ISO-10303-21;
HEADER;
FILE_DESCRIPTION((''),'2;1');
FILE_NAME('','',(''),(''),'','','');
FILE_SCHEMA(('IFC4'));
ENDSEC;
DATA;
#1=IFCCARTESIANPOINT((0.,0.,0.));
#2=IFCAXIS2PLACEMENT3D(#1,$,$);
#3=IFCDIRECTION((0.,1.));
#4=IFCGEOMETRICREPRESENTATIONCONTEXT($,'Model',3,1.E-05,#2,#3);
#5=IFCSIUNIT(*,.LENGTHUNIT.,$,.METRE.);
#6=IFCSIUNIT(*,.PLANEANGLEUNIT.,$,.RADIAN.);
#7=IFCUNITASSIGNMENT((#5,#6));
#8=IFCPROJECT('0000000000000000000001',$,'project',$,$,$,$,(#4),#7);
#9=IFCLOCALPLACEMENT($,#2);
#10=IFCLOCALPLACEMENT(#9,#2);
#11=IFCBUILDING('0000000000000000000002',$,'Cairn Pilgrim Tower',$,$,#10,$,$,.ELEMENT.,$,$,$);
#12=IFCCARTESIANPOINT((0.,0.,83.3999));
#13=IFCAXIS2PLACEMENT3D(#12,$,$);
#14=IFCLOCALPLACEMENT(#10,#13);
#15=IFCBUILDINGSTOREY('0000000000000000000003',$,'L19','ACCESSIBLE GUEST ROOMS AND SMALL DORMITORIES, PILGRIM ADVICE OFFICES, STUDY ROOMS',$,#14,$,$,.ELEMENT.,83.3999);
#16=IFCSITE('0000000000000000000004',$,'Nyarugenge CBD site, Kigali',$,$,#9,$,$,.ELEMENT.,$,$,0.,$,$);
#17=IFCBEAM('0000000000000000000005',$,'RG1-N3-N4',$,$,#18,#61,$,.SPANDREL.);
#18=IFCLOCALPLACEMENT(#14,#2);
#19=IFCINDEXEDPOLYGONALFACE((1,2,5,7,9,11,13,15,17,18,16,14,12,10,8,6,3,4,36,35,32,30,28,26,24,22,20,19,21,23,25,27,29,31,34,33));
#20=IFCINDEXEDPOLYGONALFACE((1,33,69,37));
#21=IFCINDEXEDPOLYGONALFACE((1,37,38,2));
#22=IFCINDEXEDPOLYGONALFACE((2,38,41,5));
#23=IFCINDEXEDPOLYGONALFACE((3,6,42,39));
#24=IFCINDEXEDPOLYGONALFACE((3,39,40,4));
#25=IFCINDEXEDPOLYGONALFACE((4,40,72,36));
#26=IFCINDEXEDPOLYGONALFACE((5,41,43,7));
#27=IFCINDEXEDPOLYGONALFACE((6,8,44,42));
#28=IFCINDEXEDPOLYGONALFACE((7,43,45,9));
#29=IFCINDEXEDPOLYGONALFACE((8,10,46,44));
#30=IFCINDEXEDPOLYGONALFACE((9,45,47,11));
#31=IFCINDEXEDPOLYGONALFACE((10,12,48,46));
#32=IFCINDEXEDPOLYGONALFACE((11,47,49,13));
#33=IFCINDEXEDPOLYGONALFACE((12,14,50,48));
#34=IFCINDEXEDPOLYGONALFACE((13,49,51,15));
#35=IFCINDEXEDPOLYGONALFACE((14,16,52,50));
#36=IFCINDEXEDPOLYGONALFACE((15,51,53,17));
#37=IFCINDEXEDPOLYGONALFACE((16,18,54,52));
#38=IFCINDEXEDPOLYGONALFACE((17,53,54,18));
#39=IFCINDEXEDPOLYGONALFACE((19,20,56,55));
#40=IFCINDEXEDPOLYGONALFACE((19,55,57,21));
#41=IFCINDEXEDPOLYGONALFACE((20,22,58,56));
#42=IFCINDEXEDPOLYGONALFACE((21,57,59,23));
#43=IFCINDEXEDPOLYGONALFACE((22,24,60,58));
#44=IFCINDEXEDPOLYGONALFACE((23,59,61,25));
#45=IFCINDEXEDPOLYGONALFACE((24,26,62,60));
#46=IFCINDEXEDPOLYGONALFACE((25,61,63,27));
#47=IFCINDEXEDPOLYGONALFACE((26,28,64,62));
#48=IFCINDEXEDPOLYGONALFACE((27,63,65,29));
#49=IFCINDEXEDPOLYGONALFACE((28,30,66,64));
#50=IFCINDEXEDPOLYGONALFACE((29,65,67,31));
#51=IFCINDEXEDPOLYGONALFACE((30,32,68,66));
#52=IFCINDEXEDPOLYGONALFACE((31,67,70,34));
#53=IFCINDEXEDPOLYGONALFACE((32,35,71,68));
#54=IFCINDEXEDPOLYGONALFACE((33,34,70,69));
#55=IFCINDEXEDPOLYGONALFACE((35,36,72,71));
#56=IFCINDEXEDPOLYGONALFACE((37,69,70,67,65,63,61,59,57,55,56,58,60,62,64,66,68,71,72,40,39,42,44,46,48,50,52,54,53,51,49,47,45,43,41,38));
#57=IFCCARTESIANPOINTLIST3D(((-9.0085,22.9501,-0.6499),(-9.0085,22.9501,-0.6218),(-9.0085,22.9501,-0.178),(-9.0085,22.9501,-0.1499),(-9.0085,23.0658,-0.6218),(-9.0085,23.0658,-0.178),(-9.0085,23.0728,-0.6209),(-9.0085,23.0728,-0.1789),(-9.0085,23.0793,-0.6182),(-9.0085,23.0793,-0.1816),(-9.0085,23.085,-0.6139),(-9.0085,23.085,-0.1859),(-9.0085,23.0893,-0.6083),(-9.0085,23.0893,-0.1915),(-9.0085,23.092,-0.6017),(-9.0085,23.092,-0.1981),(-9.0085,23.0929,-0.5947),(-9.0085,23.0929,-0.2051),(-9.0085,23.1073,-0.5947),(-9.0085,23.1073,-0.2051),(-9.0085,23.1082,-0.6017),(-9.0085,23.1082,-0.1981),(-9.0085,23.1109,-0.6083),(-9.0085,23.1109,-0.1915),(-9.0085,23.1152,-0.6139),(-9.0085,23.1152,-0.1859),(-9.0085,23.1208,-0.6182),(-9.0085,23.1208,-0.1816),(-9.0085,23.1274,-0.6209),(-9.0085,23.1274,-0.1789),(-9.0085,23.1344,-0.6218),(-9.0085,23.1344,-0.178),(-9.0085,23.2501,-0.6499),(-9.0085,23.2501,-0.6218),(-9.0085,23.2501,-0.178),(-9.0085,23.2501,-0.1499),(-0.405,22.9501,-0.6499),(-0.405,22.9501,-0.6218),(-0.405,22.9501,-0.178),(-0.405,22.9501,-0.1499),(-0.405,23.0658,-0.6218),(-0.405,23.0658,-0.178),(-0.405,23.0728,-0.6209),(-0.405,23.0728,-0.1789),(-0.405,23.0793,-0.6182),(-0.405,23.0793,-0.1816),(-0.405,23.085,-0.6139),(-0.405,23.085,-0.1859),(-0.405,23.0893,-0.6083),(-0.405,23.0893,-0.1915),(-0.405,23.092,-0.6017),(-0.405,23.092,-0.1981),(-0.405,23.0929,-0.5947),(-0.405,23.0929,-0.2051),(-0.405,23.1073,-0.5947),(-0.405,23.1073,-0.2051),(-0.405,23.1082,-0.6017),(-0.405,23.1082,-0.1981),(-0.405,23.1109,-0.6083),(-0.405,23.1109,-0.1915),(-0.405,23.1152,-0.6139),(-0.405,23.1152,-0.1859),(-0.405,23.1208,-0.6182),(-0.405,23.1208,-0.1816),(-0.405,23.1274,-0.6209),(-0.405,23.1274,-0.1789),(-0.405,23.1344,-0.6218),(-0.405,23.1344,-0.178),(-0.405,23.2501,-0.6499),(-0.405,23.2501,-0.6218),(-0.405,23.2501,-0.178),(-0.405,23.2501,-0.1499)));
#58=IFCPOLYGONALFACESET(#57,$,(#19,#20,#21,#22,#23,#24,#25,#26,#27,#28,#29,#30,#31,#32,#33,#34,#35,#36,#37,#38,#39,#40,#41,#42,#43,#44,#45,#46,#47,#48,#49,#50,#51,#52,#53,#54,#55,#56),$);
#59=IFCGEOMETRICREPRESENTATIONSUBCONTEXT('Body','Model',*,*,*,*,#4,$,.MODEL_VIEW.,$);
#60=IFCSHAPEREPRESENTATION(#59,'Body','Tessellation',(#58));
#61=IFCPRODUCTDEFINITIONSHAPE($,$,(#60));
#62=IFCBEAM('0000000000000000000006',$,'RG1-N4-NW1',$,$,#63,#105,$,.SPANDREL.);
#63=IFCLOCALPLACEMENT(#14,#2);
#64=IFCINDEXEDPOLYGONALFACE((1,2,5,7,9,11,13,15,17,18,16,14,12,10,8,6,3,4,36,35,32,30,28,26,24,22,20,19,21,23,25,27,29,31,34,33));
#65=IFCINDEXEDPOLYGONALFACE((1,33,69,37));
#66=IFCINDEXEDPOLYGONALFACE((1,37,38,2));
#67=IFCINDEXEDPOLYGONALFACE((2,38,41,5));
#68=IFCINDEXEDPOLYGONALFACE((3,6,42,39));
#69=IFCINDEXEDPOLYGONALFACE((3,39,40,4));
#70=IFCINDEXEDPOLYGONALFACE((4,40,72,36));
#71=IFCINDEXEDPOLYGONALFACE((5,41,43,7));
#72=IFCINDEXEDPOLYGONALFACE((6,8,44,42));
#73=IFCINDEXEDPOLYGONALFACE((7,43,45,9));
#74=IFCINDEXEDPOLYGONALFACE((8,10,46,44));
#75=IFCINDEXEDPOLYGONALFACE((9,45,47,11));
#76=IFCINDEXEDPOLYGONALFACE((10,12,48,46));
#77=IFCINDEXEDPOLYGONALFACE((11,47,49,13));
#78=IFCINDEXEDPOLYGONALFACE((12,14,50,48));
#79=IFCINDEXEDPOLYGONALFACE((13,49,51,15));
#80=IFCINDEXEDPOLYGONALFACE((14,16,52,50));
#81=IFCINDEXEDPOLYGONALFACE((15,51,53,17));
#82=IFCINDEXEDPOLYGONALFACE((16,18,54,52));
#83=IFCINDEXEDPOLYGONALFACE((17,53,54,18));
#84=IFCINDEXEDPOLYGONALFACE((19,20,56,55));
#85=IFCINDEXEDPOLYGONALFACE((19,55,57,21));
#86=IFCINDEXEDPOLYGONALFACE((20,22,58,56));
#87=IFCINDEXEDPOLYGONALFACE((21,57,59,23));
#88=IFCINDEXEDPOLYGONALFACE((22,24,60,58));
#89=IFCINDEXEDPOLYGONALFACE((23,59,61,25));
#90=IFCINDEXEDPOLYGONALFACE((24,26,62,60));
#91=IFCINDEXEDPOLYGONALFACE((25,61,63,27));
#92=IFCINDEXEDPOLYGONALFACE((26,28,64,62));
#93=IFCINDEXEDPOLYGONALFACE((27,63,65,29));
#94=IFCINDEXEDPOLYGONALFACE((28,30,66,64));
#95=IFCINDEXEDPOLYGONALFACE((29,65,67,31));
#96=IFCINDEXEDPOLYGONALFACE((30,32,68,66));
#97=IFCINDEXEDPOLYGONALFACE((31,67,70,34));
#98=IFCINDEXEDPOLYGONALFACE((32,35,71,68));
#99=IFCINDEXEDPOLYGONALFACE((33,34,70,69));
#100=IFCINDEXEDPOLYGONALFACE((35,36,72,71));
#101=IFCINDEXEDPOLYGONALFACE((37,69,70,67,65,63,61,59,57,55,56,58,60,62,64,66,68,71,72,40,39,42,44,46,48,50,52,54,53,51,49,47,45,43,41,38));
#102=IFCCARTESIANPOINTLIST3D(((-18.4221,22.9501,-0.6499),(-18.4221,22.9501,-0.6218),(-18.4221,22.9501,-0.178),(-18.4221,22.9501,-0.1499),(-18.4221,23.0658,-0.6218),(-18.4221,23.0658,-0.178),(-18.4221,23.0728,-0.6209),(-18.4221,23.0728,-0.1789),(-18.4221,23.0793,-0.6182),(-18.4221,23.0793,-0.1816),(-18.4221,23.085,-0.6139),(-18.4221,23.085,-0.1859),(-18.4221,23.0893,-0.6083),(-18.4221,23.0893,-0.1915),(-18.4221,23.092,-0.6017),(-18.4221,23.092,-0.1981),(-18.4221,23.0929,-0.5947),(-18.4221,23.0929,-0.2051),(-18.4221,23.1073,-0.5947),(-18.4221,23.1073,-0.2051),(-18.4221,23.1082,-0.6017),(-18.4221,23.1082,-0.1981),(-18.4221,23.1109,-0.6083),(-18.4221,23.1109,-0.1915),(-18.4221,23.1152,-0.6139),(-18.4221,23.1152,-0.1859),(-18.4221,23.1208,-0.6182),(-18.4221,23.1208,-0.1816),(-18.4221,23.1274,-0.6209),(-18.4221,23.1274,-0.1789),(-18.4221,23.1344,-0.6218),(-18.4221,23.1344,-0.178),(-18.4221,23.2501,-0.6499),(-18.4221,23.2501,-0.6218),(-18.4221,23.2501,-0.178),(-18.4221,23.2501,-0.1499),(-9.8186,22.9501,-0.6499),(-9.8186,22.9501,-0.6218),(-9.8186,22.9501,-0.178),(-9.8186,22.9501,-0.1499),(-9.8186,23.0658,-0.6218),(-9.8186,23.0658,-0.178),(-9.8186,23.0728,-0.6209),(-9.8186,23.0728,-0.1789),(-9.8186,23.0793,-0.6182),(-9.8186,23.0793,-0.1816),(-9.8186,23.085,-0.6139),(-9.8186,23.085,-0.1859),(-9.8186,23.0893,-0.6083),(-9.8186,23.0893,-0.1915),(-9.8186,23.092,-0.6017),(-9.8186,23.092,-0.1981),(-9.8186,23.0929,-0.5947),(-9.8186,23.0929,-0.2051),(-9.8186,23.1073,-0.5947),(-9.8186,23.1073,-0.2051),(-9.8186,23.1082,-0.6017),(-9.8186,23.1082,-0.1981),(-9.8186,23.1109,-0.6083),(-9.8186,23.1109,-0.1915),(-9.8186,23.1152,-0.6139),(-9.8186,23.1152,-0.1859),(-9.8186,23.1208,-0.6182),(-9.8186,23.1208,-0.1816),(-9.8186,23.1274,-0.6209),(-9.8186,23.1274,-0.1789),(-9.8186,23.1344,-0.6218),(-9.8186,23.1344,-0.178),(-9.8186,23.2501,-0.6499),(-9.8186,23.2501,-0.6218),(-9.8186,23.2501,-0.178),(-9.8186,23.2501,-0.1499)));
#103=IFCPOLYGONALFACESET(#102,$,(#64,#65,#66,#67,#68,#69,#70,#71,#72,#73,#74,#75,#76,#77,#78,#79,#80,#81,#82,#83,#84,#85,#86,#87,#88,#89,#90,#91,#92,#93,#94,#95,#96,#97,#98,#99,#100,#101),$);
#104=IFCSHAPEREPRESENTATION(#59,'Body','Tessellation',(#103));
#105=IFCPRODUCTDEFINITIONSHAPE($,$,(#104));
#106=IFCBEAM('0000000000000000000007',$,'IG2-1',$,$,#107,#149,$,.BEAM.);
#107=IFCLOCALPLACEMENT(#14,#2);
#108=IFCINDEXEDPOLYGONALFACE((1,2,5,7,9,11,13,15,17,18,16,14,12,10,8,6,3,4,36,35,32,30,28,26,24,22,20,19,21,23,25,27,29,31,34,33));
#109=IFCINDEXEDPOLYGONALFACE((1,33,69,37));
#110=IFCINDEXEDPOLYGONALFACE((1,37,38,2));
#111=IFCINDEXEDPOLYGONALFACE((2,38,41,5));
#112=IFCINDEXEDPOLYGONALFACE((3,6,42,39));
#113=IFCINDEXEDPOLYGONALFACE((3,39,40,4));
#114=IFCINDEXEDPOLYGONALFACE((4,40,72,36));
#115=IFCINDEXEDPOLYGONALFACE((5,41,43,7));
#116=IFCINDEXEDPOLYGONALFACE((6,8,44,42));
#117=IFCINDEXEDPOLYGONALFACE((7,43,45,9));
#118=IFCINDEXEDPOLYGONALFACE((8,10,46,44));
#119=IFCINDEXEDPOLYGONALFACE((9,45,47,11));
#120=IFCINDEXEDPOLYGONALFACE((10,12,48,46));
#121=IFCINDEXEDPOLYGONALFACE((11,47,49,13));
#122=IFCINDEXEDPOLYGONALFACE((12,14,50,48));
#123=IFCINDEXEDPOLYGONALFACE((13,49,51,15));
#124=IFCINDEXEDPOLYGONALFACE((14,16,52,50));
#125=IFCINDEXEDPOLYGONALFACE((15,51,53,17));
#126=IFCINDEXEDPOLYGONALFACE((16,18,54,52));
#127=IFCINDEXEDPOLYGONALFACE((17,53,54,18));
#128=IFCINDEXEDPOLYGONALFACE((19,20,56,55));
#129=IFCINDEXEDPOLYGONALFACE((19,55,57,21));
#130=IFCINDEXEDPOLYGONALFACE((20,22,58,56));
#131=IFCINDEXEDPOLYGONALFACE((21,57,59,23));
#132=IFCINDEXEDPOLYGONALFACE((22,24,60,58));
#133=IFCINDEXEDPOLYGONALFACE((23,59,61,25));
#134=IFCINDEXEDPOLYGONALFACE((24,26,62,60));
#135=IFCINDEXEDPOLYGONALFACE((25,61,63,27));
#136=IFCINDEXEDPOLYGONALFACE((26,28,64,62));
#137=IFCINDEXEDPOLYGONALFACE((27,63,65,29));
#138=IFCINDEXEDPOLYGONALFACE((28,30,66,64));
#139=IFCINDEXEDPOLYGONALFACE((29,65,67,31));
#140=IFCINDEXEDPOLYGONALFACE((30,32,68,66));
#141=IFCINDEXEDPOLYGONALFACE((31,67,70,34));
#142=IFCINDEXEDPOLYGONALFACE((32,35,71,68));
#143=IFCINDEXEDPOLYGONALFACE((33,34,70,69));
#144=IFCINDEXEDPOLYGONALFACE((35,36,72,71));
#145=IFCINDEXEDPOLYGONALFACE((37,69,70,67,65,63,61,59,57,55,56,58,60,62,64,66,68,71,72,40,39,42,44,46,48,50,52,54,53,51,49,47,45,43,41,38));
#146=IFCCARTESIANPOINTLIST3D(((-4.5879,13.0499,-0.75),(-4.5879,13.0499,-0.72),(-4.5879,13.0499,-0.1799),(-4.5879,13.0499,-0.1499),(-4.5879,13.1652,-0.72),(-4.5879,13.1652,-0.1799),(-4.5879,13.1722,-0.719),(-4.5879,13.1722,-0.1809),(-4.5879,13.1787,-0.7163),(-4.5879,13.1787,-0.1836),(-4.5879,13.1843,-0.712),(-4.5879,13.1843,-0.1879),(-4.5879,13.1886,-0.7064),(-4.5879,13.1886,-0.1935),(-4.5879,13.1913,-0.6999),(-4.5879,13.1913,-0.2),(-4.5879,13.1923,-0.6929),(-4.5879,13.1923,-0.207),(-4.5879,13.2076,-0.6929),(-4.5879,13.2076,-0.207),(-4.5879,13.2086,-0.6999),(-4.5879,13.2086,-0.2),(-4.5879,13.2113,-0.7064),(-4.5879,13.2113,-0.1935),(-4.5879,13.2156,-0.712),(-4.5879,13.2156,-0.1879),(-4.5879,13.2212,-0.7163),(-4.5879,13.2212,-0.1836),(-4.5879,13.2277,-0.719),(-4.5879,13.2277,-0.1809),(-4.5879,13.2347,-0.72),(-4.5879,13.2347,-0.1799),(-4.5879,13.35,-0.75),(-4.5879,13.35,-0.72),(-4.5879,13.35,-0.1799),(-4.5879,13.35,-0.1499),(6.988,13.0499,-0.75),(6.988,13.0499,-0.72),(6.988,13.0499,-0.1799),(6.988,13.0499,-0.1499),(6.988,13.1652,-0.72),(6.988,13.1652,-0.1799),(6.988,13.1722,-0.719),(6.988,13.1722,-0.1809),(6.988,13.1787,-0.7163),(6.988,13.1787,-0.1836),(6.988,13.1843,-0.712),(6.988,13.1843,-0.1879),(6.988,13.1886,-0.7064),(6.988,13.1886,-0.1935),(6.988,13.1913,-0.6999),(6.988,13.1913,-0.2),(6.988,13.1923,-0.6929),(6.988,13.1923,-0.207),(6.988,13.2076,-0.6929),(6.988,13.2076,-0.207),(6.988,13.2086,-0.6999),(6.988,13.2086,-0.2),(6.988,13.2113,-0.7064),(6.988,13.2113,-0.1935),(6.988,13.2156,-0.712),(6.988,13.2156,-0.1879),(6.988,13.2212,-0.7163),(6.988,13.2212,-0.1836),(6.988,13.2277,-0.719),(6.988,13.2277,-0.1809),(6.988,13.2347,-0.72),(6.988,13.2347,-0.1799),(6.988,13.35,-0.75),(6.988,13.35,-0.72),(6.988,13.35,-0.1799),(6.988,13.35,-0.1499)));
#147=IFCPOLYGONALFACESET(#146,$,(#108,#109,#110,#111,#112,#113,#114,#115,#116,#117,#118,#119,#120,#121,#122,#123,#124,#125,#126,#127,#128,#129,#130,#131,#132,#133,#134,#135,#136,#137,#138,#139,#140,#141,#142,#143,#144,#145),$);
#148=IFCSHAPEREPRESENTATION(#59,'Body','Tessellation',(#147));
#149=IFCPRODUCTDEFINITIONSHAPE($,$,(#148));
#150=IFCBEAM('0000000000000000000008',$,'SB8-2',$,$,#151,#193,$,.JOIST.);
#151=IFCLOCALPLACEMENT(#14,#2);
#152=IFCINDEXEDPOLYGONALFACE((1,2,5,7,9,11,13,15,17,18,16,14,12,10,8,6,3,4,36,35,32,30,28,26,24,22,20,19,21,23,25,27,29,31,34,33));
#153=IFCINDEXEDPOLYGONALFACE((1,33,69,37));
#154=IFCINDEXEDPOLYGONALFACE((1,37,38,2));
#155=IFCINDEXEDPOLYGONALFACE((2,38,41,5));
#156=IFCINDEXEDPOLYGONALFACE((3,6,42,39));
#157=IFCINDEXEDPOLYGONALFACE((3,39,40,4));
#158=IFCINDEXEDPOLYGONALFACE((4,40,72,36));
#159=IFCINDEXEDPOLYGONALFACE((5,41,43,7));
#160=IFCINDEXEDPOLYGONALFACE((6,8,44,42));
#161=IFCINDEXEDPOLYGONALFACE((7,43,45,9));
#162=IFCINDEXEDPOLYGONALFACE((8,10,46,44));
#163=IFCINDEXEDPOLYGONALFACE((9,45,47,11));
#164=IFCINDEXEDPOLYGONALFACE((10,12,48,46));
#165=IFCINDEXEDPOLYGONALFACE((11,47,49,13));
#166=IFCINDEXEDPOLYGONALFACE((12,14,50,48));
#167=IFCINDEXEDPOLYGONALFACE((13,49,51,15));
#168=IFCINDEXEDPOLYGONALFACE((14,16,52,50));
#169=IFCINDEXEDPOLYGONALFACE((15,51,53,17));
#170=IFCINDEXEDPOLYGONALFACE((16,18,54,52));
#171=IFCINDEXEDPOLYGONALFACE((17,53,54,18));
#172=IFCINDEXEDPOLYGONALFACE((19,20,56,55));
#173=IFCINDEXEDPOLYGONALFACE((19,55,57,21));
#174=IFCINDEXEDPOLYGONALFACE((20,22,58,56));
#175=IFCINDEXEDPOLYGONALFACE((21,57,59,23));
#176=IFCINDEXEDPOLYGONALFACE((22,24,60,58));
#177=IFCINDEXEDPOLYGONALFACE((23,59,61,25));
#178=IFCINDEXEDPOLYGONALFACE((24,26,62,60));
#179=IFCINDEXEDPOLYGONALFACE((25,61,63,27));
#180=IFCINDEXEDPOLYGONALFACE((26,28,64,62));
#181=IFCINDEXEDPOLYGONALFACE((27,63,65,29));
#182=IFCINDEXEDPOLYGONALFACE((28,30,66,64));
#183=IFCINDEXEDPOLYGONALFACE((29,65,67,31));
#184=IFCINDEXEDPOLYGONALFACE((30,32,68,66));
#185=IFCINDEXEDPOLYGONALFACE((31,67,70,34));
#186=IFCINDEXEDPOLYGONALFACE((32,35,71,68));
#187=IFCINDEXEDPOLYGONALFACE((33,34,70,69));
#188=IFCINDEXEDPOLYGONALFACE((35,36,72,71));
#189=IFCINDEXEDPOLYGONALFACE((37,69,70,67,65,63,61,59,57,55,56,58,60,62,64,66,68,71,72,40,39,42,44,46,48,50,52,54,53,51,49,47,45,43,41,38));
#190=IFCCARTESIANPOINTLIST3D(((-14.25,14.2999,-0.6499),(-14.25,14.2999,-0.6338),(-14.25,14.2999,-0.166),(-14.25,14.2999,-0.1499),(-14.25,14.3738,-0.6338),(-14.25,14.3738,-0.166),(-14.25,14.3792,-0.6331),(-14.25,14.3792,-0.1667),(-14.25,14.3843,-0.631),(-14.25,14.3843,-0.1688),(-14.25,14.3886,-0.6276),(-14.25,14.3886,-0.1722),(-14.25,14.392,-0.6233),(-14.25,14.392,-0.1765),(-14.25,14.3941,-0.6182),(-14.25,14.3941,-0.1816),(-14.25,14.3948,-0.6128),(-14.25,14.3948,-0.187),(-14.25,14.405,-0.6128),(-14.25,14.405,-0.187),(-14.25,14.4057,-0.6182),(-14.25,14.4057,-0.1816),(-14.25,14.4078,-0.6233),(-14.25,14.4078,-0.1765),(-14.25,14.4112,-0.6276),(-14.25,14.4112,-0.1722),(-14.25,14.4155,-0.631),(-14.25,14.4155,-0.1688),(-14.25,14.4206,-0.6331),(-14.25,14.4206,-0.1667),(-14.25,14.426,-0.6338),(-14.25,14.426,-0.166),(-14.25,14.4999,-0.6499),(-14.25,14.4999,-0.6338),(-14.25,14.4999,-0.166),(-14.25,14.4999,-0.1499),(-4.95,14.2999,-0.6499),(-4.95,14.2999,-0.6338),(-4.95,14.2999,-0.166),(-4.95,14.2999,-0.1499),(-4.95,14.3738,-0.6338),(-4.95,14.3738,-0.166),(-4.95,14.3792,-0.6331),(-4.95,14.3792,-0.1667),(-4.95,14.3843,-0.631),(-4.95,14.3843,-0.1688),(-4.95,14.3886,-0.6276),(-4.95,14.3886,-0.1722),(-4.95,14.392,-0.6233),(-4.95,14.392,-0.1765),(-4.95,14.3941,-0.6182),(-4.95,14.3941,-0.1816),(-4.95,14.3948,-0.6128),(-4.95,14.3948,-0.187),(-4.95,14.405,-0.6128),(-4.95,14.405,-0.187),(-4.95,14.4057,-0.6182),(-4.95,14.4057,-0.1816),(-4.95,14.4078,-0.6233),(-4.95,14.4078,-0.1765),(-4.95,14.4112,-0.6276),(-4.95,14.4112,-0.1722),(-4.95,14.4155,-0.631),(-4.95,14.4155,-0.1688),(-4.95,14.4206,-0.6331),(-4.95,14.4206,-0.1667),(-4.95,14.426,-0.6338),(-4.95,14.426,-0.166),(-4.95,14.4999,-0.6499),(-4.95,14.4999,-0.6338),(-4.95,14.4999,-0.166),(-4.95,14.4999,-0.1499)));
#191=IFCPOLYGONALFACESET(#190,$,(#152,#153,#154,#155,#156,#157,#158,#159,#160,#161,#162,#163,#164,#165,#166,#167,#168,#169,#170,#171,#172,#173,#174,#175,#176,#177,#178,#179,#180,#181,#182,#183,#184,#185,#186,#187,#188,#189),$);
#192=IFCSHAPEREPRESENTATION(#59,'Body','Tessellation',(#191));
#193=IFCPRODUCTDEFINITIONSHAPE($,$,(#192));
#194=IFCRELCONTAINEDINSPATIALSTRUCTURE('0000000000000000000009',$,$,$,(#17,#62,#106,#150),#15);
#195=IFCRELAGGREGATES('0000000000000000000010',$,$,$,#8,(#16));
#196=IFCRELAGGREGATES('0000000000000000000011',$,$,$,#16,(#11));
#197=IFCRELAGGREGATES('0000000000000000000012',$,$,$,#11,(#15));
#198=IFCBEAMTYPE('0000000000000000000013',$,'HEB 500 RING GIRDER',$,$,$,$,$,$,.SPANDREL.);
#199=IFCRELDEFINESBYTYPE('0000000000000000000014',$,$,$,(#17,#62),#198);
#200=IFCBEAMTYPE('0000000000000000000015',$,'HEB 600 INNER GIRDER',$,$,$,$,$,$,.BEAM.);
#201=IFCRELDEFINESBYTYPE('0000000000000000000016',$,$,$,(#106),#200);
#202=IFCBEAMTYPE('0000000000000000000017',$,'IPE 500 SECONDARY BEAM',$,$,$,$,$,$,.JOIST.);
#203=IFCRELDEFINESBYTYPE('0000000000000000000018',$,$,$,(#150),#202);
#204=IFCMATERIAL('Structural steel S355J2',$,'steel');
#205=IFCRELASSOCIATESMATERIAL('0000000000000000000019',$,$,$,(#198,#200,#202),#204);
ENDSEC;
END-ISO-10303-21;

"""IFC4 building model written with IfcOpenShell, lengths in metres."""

from ifc_helpers import new_model, si_unit, direction, frame, origin, origin_2d, place, context, subcontext, project, spatial, i_section, extrude, material, material_profile, profile_set, type_object, element, save


model = new_model("IFC4")

# Units and contexts
model_context = context("Model", 3, precision=1e-05, world=origin(), true_north=direction((0.0, 1.0)))
body_context = subcontext(model_context, "Body", "Model", "MODEL_VIEW")
ifc_project = project(units=[si_unit("LENGTHUNIT", "METRE"), si_unit("PLANEANGLEUNIT", "RADIAN")], contexts=[model_context])

# Site, building, storey
site_placement = place(None, origin())
site = spatial("IfcSite", under=ifc_project, at=site_placement, Name="Nyarugenge CBD site, Kigali", CompositionType="ELEMENT", RefElevation=0.0)
building_placement = place(site_placement, origin())
building = spatial("IfcBuilding", under=site, at=building_placement, Name="Cairn Pilgrim Tower", CompositionType="ELEMENT")
storey_placement = place(building_placement, frame((0.0, 0.0, 83.3999)))
storey = spatial("IfcBuildingStorey", under=building, at=storey_placement, Name="L19", Description="ACCESSIBLE GUEST ROOMS AND SMALL DORMITORIES, PILGRIM ADVICE OFFICES, STUDY ROOMS", CompositionType="ELEMENT", Elevation=83.3999)

# Beams
ifc_material_1 = material(Name="Structural steel S355J2", Category="steel")
ifc_material_profile_1 = material_profile(ifc_material_1, i_section(OverallWidth=0.3, OverallDepth=0.5, WebThickness=0.0144, FlangeThickness=0.0281, FilletRadius=0.0271, at=origin_2d()), Name="HEB 500")
ifc_profile_set_1 = profile_set([ifc_material_profile_1], Name="Structural steel S355J2")
beam_type_1 = type_object("IfcBeamType", Name="HEB 500 RING GIRDER", PredefinedType="SPANDREL", material=ifc_profile_set_1)
for number, where, z_axis, x_axis, name in (
    (1, (-0.405, 23.1001, -0.3999), (-1.0, 0.0, 0.0), (0.0, -1.0, 0.0), "RG1-N3-N4"),
    (2, (-9.8186, 23.1001, -0.3999), (-1.0, 0.0, 0.0), (0.0, -1.0, 0.0), "RG1-N4-NW1"),
):
    element("IfcBeam", number, at=place(storey_placement, frame(where, z_axis=z_axis, x_axis=x_axis)), inside=storey, type_object=beam_type_1, Name=name, PredefinedType="SPANDREL", context=body_context, shape_type="SweptSolid", body=[
        extrude(i_section(OverallWidth=0.3, OverallDepth=0.5, WebThickness=0.0144, FlangeThickness=0.0281, FilletRadius=0.0271, at=origin_2d()), origin(), (0.0, 0.0, 1.0), 8.6035),
    ])
ifc_material_profile_2 = material_profile(ifc_material_1, i_section(OverallWidth=0.3, OverallDepth=0.6001, WebThickness=0.0154, FlangeThickness=0.03, FilletRadius=0.0271, at=origin_2d()), Name="HEB 600")
ifc_profile_set_2 = profile_set([ifc_material_profile_2], Name="Structural steel S355J2")
beam_type_2 = type_object("IfcBeamType", Name="HEB 600 INNER GIRDER", PredefinedType="BEAM", material=ifc_profile_set_2)
beam_1_placement = place(storey_placement, frame((-4.5879, 13.2, -0.45), z_axis=(1.0, 0.0, 0.0), x_axis=(0.0, 1.0, 0.0)))
element("IfcBeam", 3, at=beam_1_placement, inside=storey, type_object=beam_type_2, Name="IG2-1", PredefinedType="BEAM", context=body_context, shape_type="SweptSolid", body=[
    extrude(i_section(OverallWidth=0.3, OverallDepth=0.6001, WebThickness=0.0154, FlangeThickness=0.03, FilletRadius=0.0271, at=origin_2d()), origin(), (0.0, 0.0, 1.0), 11.5759),
])
ifc_material_profile_3 = material_profile(ifc_material_1, i_section(OverallWidth=0.2, OverallDepth=0.5, WebThickness=0.0103, FlangeThickness=0.0161, FilletRadius=0.021, at=origin_2d()), Name="IPE 500")
ifc_profile_set_3 = profile_set([ifc_material_profile_3], Name="Structural steel S355J2")
beam_type_3 = type_object("IfcBeamType", Name="IPE 500 SECONDARY BEAM", PredefinedType="JOIST", material=ifc_profile_set_3)
for number, where, z_axis, x_axis, name in (
    (4, (-14.25, 14.3999, -0.3999), (1.0, 0.0, 0.0), (0.0, 1.0, 0.0), "SB8-2"),
):
    element("IfcBeam", number, at=place(storey_placement, frame(where, z_axis=z_axis, x_axis=x_axis)), inside=storey, type_object=beam_type_3, Name=name, PredefinedType="JOIST", context=body_context, shape_type="SweptSolid", body=[
        extrude(i_section(OverallWidth=0.2, OverallDepth=0.5, WebThickness=0.0103, FlangeThickness=0.0161, FilletRadius=0.021, at=origin_2d()), origin(), (0.0, 0.0, 1.0), 9.3),
    ])

save(model, "model.ifc")
